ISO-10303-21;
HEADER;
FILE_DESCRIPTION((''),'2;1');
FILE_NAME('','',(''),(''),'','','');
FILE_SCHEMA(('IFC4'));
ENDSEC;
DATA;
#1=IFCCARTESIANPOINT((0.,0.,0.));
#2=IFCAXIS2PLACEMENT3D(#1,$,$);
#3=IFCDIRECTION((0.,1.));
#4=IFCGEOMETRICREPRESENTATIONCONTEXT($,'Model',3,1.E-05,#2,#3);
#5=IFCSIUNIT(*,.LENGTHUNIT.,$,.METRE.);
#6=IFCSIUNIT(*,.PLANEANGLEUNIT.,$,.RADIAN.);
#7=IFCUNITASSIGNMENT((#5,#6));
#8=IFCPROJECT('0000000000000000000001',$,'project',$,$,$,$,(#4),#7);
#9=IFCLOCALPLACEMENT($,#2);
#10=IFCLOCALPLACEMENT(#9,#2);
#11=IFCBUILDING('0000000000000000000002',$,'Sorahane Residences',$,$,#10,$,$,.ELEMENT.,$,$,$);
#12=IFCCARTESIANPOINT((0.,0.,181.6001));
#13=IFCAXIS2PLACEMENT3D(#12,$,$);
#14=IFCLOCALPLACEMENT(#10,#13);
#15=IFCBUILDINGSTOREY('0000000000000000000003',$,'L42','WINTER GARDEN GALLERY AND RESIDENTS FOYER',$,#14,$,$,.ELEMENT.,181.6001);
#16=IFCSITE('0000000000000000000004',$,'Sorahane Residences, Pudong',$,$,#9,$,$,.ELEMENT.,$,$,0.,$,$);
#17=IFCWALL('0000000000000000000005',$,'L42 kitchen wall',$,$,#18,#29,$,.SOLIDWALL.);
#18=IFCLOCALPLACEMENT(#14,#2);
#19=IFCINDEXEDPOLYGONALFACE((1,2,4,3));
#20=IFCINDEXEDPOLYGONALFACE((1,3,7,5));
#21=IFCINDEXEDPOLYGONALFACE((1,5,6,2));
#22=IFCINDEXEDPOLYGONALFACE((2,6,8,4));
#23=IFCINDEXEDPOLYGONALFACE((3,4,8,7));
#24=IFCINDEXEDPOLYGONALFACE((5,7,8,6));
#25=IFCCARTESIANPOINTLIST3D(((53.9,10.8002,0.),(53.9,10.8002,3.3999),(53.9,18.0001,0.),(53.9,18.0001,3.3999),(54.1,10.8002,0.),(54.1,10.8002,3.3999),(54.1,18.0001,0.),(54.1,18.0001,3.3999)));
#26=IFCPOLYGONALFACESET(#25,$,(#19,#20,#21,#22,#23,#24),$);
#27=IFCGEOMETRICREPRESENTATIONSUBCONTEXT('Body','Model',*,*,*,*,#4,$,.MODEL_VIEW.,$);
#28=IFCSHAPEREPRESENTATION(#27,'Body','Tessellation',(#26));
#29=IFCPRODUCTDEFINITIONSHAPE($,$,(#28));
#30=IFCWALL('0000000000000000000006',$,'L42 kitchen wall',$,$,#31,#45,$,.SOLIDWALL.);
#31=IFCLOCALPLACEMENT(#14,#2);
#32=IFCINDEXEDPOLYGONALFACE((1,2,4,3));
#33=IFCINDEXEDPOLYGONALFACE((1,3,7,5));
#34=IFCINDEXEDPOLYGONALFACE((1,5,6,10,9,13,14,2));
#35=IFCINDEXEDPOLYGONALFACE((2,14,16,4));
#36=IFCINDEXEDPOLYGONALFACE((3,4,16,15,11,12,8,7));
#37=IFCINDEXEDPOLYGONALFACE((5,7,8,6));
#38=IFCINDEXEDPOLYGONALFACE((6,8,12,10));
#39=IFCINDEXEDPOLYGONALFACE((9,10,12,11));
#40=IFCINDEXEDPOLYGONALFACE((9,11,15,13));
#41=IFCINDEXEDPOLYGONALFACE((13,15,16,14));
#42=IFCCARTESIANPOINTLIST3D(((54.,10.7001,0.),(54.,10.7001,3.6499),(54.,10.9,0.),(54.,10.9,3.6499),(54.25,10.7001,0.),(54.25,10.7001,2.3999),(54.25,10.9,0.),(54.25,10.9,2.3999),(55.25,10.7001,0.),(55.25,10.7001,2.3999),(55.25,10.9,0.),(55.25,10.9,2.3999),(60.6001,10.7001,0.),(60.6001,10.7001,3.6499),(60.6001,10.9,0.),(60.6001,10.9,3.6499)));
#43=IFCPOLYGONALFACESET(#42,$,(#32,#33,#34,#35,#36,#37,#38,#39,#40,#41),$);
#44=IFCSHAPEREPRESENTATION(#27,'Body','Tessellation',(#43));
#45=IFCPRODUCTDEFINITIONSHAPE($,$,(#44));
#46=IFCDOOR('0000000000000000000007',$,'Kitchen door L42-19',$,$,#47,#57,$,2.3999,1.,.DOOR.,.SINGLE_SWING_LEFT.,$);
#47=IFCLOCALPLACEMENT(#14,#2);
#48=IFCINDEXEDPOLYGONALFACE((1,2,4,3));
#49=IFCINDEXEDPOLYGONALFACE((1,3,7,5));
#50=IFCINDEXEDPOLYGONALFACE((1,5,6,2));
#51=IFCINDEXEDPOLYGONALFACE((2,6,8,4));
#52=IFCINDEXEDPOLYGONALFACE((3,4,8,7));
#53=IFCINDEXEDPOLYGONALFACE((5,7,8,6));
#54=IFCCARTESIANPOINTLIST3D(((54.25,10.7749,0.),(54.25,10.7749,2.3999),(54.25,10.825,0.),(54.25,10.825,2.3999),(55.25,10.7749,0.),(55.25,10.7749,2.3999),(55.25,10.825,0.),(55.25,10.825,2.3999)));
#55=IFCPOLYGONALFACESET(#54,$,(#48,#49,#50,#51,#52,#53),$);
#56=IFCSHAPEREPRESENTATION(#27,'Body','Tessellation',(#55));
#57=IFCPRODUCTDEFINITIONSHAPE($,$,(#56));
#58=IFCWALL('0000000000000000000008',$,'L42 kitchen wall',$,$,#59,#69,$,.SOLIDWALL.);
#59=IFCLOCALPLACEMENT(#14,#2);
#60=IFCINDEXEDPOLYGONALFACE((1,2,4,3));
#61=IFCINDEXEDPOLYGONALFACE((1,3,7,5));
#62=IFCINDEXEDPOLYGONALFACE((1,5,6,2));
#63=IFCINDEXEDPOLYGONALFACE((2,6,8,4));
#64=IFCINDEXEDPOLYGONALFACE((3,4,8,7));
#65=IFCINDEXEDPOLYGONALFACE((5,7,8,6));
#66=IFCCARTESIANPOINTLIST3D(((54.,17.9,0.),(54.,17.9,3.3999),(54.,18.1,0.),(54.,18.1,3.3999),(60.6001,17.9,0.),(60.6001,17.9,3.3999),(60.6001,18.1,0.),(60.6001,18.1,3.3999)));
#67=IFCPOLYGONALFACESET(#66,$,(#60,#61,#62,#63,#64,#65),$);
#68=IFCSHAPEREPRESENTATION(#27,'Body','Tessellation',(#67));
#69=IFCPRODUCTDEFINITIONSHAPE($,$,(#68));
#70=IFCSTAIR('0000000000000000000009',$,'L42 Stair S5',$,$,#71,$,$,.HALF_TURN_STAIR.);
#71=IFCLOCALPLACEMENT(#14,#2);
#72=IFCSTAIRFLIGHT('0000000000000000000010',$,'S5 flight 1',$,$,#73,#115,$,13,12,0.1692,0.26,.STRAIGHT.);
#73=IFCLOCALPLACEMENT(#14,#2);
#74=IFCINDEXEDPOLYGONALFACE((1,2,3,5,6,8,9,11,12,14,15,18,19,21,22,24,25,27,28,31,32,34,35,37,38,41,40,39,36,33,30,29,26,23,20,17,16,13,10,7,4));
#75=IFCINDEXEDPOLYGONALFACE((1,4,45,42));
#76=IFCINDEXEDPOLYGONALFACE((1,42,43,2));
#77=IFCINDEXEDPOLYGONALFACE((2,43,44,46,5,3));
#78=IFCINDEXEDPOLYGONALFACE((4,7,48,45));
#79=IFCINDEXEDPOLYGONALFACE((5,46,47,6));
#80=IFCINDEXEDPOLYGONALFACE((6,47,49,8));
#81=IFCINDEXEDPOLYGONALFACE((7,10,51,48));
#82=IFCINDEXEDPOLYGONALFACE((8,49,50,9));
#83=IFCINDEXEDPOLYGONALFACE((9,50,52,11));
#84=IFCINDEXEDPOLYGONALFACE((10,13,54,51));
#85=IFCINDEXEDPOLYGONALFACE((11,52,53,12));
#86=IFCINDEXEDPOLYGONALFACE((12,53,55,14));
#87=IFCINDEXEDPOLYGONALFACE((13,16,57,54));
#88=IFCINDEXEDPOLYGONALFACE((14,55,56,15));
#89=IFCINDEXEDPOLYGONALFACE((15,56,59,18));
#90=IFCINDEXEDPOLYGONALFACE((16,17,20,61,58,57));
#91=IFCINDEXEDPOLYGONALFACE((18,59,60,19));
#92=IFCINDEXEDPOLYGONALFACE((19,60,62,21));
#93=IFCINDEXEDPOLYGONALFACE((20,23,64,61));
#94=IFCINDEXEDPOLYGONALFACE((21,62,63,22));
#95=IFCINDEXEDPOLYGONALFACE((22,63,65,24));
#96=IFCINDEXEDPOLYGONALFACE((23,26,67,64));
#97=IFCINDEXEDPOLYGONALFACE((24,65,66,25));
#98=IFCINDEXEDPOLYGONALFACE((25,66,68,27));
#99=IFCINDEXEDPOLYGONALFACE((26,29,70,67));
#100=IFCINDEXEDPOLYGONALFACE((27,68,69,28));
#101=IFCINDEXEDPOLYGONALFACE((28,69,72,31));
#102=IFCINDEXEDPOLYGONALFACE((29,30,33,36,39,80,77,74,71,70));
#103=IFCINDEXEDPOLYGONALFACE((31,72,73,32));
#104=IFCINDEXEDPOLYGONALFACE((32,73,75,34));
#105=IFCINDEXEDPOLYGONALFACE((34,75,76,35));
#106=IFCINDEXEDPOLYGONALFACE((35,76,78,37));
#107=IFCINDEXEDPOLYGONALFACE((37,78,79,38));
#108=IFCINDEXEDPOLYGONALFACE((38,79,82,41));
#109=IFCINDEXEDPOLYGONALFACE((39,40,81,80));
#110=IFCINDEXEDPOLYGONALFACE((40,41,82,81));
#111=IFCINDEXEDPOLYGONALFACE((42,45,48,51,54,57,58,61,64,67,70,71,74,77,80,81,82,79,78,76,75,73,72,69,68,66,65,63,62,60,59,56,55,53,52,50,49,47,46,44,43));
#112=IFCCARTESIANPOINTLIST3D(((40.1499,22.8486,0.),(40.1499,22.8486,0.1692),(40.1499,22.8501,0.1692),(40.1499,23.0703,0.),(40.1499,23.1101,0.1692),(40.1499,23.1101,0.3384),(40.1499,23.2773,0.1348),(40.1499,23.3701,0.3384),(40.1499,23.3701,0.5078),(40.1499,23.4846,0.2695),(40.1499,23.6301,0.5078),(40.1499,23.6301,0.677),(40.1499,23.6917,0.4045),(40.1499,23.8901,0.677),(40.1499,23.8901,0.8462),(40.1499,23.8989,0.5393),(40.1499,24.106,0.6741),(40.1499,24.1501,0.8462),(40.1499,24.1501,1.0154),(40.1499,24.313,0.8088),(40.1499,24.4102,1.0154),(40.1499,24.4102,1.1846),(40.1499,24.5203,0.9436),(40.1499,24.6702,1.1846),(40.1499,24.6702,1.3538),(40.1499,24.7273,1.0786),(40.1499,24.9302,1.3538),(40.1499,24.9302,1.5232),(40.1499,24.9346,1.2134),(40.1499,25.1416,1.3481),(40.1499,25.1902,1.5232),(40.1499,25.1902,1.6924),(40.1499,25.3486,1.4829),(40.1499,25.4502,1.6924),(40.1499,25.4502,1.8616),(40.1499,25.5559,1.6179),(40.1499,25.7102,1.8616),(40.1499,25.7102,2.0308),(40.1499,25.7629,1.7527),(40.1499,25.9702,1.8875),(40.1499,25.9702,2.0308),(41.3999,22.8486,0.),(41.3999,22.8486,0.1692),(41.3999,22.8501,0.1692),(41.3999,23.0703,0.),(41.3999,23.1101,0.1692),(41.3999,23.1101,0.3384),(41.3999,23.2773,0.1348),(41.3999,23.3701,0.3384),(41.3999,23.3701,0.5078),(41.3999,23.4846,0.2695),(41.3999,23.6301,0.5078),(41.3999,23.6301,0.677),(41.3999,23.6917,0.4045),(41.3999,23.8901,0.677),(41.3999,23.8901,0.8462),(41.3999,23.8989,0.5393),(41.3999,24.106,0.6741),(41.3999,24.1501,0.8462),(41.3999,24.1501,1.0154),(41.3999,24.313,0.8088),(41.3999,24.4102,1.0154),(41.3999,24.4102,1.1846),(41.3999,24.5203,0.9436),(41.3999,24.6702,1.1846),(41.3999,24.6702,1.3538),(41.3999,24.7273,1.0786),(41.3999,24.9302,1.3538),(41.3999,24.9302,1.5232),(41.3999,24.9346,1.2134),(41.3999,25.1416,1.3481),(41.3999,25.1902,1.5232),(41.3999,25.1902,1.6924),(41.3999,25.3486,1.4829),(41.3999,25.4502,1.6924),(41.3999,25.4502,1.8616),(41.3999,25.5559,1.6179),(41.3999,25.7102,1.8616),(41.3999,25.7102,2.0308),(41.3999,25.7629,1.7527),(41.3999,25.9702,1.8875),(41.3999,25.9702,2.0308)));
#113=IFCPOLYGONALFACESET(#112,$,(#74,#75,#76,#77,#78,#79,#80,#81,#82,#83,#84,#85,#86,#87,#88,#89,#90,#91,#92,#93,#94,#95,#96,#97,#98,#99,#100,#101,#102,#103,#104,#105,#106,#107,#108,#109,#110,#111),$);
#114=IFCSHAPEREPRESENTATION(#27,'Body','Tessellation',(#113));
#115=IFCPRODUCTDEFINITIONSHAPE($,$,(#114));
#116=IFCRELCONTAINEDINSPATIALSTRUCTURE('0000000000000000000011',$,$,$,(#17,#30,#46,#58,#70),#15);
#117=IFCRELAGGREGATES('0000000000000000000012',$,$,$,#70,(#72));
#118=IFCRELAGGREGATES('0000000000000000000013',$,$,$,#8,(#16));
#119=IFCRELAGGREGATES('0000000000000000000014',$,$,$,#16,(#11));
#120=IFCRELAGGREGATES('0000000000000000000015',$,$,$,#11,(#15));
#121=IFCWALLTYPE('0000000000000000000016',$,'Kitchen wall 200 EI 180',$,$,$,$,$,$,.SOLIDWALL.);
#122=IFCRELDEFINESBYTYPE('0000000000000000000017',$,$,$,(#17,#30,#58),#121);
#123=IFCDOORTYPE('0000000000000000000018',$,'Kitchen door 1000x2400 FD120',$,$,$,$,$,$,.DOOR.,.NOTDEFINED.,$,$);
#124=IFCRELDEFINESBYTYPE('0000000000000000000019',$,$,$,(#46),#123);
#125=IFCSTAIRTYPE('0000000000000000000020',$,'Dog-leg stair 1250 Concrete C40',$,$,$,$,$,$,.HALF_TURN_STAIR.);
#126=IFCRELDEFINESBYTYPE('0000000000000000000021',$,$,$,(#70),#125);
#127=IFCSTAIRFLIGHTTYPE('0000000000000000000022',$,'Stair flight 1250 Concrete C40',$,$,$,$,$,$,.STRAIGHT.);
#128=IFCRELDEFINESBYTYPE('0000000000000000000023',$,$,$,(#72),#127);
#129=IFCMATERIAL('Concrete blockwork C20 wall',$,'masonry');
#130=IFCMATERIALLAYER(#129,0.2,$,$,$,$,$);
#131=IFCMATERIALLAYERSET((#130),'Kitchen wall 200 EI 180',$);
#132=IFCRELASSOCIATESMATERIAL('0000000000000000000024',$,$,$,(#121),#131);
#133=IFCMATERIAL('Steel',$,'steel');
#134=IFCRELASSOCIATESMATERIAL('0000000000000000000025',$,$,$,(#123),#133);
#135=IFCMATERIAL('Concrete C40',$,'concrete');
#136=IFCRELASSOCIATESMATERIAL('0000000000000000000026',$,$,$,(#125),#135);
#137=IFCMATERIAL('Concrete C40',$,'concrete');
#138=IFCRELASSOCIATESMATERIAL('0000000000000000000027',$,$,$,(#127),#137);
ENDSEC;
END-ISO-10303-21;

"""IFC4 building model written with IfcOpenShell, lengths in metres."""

from ifc_helpers import new_model, si_unit, direction, frame, frame_2d, origin, place, context, subcontext, project, spatial, polyline, rectangle, outline, extrude, material, layer, layer_set, type_object, element, fill, aggregate, save


model = new_model("IFC4")

# Units and contexts
model_context = context("Model", 3, precision=1e-05, world=origin(), true_north=direction((0.0, 1.0)))
body_context = subcontext(model_context, "Body", "Model", "MODEL_VIEW")
ifc_project = project(units=[si_unit("LENGTHUNIT", "METRE"), si_unit("PLANEANGLEUNIT", "RADIAN")], contexts=[model_context])

# Site, building, storey
site_placement = place(None, origin())
site = spatial("IfcSite", under=ifc_project, at=site_placement, Name="Sorahane Residences, Pudong", CompositionType="ELEMENT", RefElevation=0.0)
building_placement = place(site_placement, origin())
building = spatial("IfcBuilding", under=site, at=building_placement, Name="Sorahane Residences", CompositionType="ELEMENT")
storey_placement = place(building_placement, frame((0.0, 0.0, 181.6001)))
storey = spatial("IfcBuildingStorey", under=building, at=storey_placement, Name="L42", Description="WINTER GARDEN GALLERY AND RESIDENTS FOYER", CompositionType="ELEMENT", Elevation=181.6001)

# Wall
ifc_material_1 = material(Name="Concrete blockwork C20 wall", Category="masonry")
ifc_layer_1 = layer(ifc_material_1, 0.2)
ifc_layer_set_1 = layer_set([ifc_layer_1], Name="Kitchen wall 200 EI 180")
wall_type_1 = type_object("IfcWallType", Name="Kitchen wall 200 EI 180", PredefinedType="SOLIDWALL", material=ifc_layer_set_1)
wall_1_placement = place(storey_placement, frame((54.0, 10.8, 0.0), z_axis=(0.0, 0.0, 1.0), x_axis=(0.0, 1.0, 0.0)))
element("IfcWall", 1, at=wall_1_placement, inside=storey, type_object=wall_type_1, Name="L42 kitchen wall", PredefinedType="SOLIDWALL", context=body_context, shape_type="SweptSolid", body=[
    extrude(rectangle(XDim=7.2, YDim=0.2, at=frame_2d((3.6001, 0.0))), origin(), (0.0, 0.0, 1.0), 3.3999),
])

# Wall, opening, door
wall_2_placement = place(storey_placement, frame((54.0, 10.8, 0.0), z_axis=(0.0, 0.0, 1.0), x_axis=(1.0, 0.0, 0.0)))
wall_2 = element("IfcWall", 2, at=wall_2_placement, inside=storey, type_object=wall_type_1, Name="L42 kitchen wall", PredefinedType="SOLIDWALL", context=body_context, shape_type="SweptSolid", body=[
    extrude(rectangle(XDim=6.6001, YDim=0.2, at=frame_2d((3.3, 0.0))), origin(), (0.0, 0.0, 1.0), 3.6499),
])
opening_1_placement = place(wall_2_placement, frame((0.25, 0.0, 0.0)))
opening_1 = element("IfcOpeningElement", 3, at=opening_1_placement, cuts=wall_2, PredefinedType="OPENING", context=body_context, shape_type="SweptSolid", body=[
    extrude(rectangle(XDim=1.0, YDim=2.3999, at=frame_2d((0.5, 1.2))), frame((0.0, 0.1099, 0.0), z_axis=(0.0, -1.0, 0.0), x_axis=(1.0, 0.0, 0.0)), (0.0, 0.0, 1.0), 0.22),
])
ifc_material_2 = material(Name="Steel", Category="steel")
door_type_1 = type_object("IfcDoorType", Name="Kitchen door 1000x2400 FD120", OperationType="NOTDEFINED", PredefinedType="DOOR", material=ifc_material_2)
door_1_placement = place(opening_1_placement, origin())
door_1 = element("IfcDoor", 4, at=door_1_placement, inside=storey, type_object=door_type_1, Name="Kitchen door L42-19", OperationType="SINGLE_SWING_LEFT", OverallHeight=2.3999, OverallWidth=1.0, PredefinedType="DOOR", context=body_context, shape_type="SweptSolid", body=[
    extrude(rectangle(XDim=1.0, YDim=2.3999, at=frame_2d((0.5, 1.2))), frame((0.0, 0.0249, 0.0), z_axis=(0.0, -1.0, 0.0), x_axis=(1.0, 0.0, 0.0)), (0.0, 0.0, 1.0), 0.05),
])
fill(opening_1, door_1)

# Wall
wall_3_placement = place(storey_placement, frame((54.0, 18.0, 0.0), z_axis=(0.0, 0.0, 1.0), x_axis=(1.0, 0.0, 0.0)))
element("IfcWall", 5, at=wall_3_placement, inside=storey, type_object=wall_type_1, Name="L42 kitchen wall", PredefinedType="SOLIDWALL", context=body_context, shape_type="SweptSolid", body=[
    extrude(rectangle(XDim=6.6001, YDim=0.2, at=frame_2d((3.3, 0.0))), origin(), (0.0, 0.0, 1.0), 3.3999),
])

# Stair, stair flight
ifc_material_3 = material(Name="Concrete C40", Category="concrete")
stair_type = type_object("IfcStairType", Name="Dog-leg stair 1250 Concrete C40", PredefinedType="HALF_TURN_STAIR", material=ifc_material_3)
stair_placement = place(storey_placement, origin())
stair = element("IfcStair", 6, at=stair_placement, inside=storey, type_object=stair_type, Name="L42 Stair S5", PredefinedType="HALF_TURN_STAIR")
ifc_material_4 = material(Name="Concrete C40", Category="concrete")
stair_flight_type = type_object("IfcStairFlightType", Name="Stair flight 1250 Concrete C40", PredefinedType="STRAIGHT", material=ifc_material_4)
stair_flight_placement = place(storey_placement, frame((40.7749, 22.8501, 0.0), z_axis=(0.0, 0.0, 1.0), x_axis=(0.0, 1.0, 0.0)))
stair_flight = element("IfcStairFlight", 7, at=stair_flight_placement, type_object=stair_flight_type, Name="S5 flight 1", NumberOfRisers=13, NumberOfTreads=12, PredefinedType="STRAIGHT", RiserHeight=0.1692, TreadLength=0.26, context=body_context, shape_type="SweptSolid", body=[
    extrude(outline(polyline([(-0.0015, 0.0), (-0.0015, 0.1692), (0.0, 0.1692), (0.26, 0.1692), (0.26, 0.3384), (0.52, 0.3384), (0.52, 0.5078), (0.78, 0.5078), (0.78, 0.677), (1.04, 0.677), (1.04, 0.8462), (1.3, 0.8462), (1.3, 1.0154), (1.5601, 1.0154), (1.5601, 1.1846), (1.8201, 1.1846), (1.8201, 1.3538), (2.0801, 1.3538), (2.0801, 1.5232), (2.3401, 1.5232), (2.3401, 1.6924), (2.6001, 1.6924), (2.6001, 1.8616), (2.8601, 1.8616), (2.8601, 2.0308), (3.1201, 2.0308), (3.1201, 2.2), (3.1201, 1.8875), (2.9128, 1.7527), (2.7058, 1.6179), (2.4985, 1.4829), (2.2915, 1.3481), (2.0845, 1.2134), (1.8772, 1.0786), (1.6702, 0.9436), (1.4629, 0.8088), (1.2559, 0.6741), (1.0488, 0.5393), (0.8416, 0.4045), (0.6345, 0.2695), (0.4272, 0.1348), (0.2202, 0.0), (-0.0015, 0.0)])), frame((0.0, 0.625, 0.0), z_axis=(0.0, -1.0, 0.0), x_axis=(1.0, 0.0, 0.0)), (0.0, 0.0, 1.0), 1.25),
])
aggregate(stair, [stair_flight])

save(model, "model.ifc")
